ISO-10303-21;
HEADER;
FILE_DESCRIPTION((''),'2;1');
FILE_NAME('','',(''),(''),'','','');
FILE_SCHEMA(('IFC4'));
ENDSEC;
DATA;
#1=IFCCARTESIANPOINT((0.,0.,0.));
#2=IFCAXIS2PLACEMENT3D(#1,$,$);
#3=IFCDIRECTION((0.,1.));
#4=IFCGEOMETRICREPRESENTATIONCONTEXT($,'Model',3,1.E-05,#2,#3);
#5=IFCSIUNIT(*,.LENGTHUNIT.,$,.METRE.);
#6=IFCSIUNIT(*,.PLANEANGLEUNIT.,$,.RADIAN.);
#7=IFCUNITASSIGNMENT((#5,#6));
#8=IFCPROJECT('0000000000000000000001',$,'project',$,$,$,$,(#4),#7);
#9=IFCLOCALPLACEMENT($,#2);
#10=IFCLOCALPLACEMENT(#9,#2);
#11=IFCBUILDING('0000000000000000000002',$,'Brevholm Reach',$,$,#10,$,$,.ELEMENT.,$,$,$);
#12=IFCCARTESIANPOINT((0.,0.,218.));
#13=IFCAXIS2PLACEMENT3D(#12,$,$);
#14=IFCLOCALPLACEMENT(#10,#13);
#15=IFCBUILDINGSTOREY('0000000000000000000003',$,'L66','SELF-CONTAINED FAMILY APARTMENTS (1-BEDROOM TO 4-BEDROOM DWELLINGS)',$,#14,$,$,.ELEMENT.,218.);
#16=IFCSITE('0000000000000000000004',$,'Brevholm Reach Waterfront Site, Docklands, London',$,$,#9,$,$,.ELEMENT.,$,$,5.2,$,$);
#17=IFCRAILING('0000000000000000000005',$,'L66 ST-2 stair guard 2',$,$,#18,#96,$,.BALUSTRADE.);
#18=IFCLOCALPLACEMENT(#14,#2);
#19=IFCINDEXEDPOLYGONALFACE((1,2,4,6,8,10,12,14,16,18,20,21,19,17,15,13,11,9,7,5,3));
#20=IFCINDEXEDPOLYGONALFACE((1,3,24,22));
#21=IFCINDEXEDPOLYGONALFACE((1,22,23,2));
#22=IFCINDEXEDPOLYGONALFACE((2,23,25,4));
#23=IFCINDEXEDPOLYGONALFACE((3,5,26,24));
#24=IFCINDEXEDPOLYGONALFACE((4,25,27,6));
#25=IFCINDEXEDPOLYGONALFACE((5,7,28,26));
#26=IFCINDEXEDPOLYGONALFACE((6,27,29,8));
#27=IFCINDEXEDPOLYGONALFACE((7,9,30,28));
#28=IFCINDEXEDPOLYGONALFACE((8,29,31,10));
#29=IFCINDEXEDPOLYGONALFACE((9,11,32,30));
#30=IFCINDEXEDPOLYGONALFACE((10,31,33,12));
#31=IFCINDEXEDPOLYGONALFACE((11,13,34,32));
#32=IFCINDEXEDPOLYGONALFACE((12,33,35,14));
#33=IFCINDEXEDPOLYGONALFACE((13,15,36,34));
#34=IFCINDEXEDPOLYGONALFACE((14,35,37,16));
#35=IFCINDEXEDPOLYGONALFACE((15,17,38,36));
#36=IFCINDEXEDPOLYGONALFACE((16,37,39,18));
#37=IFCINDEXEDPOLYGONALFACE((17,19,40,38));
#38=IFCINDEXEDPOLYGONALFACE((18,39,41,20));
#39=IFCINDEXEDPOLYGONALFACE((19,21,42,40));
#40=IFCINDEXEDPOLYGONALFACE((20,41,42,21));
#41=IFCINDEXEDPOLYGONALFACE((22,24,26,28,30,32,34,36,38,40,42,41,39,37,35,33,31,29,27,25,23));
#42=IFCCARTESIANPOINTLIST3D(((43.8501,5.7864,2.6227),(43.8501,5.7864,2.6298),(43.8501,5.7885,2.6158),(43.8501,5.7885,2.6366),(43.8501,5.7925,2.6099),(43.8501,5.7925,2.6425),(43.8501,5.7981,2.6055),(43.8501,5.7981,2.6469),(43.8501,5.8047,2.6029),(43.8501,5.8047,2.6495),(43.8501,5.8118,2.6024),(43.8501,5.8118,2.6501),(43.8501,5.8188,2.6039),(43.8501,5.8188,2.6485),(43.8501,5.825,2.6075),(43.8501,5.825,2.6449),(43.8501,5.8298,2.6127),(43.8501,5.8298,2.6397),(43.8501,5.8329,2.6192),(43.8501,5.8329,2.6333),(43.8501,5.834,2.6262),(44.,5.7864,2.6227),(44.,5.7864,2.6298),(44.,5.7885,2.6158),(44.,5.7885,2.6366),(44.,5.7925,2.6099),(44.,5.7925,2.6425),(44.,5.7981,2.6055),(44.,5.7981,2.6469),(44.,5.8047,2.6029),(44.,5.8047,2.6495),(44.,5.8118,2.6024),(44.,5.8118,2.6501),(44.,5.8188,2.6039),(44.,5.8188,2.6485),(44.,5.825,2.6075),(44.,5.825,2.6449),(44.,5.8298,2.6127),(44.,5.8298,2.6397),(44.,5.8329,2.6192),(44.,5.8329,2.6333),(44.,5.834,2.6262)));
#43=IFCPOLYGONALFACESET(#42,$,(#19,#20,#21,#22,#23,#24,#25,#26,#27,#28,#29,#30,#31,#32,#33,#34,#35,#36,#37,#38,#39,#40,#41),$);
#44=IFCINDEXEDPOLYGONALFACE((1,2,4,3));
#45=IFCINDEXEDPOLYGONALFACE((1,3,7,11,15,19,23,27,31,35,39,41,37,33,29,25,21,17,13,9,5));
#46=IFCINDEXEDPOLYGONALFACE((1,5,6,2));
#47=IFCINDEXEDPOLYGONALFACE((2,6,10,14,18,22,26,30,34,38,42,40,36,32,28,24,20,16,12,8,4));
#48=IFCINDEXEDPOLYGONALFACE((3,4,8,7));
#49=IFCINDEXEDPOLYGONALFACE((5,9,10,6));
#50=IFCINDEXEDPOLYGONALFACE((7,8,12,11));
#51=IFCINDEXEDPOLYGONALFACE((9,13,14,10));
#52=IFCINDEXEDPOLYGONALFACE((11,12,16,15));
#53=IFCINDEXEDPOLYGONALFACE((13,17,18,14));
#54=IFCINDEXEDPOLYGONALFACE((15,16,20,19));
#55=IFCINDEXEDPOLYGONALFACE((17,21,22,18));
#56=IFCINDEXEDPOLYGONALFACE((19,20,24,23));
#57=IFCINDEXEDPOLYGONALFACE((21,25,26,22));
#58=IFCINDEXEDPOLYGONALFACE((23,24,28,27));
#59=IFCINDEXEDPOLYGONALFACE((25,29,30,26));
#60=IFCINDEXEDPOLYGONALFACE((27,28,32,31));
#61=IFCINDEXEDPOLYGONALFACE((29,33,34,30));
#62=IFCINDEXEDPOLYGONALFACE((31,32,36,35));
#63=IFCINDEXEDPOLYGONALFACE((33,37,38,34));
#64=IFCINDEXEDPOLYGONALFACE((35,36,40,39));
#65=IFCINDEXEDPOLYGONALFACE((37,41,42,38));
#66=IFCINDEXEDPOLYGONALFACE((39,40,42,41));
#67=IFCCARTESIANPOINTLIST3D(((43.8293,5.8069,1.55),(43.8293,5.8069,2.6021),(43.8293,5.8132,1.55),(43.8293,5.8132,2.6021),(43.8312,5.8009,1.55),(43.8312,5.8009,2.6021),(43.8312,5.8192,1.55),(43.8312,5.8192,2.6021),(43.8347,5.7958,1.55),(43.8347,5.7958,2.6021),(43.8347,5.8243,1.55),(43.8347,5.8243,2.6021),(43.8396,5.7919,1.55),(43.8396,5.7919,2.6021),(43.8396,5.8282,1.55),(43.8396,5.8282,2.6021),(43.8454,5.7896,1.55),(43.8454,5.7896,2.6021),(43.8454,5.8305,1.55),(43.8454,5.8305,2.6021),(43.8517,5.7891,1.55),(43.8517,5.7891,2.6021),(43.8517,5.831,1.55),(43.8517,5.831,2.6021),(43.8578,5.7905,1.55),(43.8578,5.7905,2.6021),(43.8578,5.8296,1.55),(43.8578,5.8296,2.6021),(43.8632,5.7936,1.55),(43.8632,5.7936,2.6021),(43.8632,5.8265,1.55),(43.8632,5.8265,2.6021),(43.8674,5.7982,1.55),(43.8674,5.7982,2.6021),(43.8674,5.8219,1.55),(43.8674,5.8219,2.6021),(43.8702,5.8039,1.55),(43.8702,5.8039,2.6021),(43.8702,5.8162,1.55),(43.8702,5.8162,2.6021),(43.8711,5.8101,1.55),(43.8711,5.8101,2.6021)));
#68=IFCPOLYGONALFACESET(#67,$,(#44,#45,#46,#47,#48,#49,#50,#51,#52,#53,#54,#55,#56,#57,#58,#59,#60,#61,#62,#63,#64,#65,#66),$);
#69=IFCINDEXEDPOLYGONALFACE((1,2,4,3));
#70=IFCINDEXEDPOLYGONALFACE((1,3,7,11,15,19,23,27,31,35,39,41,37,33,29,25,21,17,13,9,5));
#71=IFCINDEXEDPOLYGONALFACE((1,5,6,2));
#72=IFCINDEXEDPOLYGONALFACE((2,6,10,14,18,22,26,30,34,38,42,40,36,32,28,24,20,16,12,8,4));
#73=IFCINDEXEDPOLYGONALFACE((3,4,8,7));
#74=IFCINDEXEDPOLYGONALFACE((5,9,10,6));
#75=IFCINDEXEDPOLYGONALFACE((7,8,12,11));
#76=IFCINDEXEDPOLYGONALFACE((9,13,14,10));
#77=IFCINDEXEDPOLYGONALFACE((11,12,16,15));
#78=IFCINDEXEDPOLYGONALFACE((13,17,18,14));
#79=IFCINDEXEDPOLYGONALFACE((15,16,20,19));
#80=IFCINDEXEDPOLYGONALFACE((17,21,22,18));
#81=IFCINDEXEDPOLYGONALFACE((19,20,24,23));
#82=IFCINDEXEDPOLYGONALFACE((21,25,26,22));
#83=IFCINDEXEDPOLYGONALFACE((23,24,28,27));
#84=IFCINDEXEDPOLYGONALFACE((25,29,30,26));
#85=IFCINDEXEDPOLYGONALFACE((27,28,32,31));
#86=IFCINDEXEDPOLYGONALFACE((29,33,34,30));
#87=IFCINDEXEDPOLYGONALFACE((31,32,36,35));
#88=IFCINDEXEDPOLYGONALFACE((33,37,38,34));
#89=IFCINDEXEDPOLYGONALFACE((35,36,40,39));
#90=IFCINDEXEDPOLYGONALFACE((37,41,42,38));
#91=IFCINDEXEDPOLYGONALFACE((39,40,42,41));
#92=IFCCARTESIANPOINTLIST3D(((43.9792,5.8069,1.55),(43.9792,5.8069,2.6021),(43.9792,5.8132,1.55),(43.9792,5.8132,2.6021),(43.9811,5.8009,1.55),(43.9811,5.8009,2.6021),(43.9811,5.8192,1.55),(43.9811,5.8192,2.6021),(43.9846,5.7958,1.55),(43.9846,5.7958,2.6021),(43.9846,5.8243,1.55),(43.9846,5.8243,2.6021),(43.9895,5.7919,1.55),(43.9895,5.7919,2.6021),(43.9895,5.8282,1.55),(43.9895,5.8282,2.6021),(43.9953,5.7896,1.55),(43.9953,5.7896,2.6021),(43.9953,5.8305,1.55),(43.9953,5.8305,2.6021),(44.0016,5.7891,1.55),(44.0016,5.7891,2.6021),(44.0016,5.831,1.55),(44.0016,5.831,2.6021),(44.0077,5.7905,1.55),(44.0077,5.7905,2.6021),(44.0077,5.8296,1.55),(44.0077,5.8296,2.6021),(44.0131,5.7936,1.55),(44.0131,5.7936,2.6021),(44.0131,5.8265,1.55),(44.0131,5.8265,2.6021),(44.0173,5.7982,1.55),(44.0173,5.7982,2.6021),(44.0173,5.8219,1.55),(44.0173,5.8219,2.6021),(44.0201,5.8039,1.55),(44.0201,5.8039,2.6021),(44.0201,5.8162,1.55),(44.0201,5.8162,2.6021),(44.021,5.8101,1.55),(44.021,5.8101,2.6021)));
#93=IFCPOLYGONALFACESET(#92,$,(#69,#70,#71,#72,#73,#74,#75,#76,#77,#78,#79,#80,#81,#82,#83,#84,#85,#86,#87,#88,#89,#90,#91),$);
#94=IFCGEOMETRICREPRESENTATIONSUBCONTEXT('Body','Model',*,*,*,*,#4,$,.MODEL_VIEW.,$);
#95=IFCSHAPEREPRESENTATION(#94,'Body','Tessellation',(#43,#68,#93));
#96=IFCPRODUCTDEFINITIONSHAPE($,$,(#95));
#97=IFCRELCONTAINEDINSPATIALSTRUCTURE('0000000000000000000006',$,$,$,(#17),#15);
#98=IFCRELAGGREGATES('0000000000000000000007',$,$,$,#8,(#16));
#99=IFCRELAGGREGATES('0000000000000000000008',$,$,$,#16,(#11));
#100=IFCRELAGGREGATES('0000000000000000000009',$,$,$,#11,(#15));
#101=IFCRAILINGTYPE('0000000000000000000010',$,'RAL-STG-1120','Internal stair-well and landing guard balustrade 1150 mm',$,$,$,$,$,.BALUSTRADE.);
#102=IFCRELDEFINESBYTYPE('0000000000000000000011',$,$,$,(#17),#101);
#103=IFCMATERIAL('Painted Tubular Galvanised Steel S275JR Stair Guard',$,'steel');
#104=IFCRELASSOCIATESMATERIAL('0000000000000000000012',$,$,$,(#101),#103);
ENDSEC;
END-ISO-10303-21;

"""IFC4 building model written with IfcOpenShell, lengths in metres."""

from ifc_helpers import new_model, si_unit, direction, frame, origin, origin_2d, place, context, subcontext, project, spatial, circle, extrude, material, type_object, element, save


model = new_model("IFC4")

# Units and contexts
model_context = context("Model", 3, precision=1e-05, world=origin(), true_north=direction((0.0, 1.0)))
body_context = subcontext(model_context, "Body", "Model", "MODEL_VIEW")
ifc_project = project(units=[si_unit("LENGTHUNIT", "METRE"), si_unit("PLANEANGLEUNIT", "RADIAN")], contexts=[model_context])

# Site, building, storey
site_placement = place(None, origin())
site = spatial("IfcSite", under=ifc_project, at=site_placement, Name="Brevholm Reach Waterfront Site, Docklands, London", CompositionType="ELEMENT", RefElevation=5.2)
building_placement = place(site_placement, origin())
building = spatial("IfcBuilding", under=site, at=building_placement, Name="Brevholm Reach", CompositionType="ELEMENT")
storey_placement = place(building_placement, frame((0.0, 0.0, 218.0)))
storey = spatial("IfcBuildingStorey", under=building, at=storey_placement, Name="L66", Description="SELF-CONTAINED FAMILY APARTMENTS (1-BEDROOM TO 4-BEDROOM DWELLINGS)", CompositionType="ELEMENT", Elevation=218.0)

# Railing
ifc_material_1 = material(Name="Painted Tubular Galvanised Steel S275JR Stair Guard", Category="steel")
railing_type_1 = type_object("IfcRailingType", Name="RAL-STG-1120", Description="Internal stair-well and landing guard balustrade 1150 mm", PredefinedType="BALUSTRADE", material=ifc_material_1)
railing_1_placement = place(storey_placement, frame((43.8501, 5.8101, 1.55)))
element("IfcRailing", 1, at=railing_1_placement, inside=storey, type_object=railing_type_1, Name="L66 ST-2 stair guard 2", PredefinedType="BALUSTRADE", context=body_context, shape_type="SweptSolid", body=[
    extrude(circle(Radius=0.0239, at=origin_2d()), frame((0.0, 0.0, 1.0762), z_axis=(1.0, 0.0, 0.0), x_axis=(0.0, 1.0, 0.0)), (0.0, 0.0, 1.0), 0.1499),
    extrude(circle(Radius=0.021, at=origin_2d()), origin(), (0.0, 0.0, 1.0), 1.052),
    extrude(circle(Radius=0.021, at=origin_2d()), frame((0.1499, 0.0, 0.0)), (0.0, 0.0, 1.0), 1.052),
])

save(model, "model.ifc")
